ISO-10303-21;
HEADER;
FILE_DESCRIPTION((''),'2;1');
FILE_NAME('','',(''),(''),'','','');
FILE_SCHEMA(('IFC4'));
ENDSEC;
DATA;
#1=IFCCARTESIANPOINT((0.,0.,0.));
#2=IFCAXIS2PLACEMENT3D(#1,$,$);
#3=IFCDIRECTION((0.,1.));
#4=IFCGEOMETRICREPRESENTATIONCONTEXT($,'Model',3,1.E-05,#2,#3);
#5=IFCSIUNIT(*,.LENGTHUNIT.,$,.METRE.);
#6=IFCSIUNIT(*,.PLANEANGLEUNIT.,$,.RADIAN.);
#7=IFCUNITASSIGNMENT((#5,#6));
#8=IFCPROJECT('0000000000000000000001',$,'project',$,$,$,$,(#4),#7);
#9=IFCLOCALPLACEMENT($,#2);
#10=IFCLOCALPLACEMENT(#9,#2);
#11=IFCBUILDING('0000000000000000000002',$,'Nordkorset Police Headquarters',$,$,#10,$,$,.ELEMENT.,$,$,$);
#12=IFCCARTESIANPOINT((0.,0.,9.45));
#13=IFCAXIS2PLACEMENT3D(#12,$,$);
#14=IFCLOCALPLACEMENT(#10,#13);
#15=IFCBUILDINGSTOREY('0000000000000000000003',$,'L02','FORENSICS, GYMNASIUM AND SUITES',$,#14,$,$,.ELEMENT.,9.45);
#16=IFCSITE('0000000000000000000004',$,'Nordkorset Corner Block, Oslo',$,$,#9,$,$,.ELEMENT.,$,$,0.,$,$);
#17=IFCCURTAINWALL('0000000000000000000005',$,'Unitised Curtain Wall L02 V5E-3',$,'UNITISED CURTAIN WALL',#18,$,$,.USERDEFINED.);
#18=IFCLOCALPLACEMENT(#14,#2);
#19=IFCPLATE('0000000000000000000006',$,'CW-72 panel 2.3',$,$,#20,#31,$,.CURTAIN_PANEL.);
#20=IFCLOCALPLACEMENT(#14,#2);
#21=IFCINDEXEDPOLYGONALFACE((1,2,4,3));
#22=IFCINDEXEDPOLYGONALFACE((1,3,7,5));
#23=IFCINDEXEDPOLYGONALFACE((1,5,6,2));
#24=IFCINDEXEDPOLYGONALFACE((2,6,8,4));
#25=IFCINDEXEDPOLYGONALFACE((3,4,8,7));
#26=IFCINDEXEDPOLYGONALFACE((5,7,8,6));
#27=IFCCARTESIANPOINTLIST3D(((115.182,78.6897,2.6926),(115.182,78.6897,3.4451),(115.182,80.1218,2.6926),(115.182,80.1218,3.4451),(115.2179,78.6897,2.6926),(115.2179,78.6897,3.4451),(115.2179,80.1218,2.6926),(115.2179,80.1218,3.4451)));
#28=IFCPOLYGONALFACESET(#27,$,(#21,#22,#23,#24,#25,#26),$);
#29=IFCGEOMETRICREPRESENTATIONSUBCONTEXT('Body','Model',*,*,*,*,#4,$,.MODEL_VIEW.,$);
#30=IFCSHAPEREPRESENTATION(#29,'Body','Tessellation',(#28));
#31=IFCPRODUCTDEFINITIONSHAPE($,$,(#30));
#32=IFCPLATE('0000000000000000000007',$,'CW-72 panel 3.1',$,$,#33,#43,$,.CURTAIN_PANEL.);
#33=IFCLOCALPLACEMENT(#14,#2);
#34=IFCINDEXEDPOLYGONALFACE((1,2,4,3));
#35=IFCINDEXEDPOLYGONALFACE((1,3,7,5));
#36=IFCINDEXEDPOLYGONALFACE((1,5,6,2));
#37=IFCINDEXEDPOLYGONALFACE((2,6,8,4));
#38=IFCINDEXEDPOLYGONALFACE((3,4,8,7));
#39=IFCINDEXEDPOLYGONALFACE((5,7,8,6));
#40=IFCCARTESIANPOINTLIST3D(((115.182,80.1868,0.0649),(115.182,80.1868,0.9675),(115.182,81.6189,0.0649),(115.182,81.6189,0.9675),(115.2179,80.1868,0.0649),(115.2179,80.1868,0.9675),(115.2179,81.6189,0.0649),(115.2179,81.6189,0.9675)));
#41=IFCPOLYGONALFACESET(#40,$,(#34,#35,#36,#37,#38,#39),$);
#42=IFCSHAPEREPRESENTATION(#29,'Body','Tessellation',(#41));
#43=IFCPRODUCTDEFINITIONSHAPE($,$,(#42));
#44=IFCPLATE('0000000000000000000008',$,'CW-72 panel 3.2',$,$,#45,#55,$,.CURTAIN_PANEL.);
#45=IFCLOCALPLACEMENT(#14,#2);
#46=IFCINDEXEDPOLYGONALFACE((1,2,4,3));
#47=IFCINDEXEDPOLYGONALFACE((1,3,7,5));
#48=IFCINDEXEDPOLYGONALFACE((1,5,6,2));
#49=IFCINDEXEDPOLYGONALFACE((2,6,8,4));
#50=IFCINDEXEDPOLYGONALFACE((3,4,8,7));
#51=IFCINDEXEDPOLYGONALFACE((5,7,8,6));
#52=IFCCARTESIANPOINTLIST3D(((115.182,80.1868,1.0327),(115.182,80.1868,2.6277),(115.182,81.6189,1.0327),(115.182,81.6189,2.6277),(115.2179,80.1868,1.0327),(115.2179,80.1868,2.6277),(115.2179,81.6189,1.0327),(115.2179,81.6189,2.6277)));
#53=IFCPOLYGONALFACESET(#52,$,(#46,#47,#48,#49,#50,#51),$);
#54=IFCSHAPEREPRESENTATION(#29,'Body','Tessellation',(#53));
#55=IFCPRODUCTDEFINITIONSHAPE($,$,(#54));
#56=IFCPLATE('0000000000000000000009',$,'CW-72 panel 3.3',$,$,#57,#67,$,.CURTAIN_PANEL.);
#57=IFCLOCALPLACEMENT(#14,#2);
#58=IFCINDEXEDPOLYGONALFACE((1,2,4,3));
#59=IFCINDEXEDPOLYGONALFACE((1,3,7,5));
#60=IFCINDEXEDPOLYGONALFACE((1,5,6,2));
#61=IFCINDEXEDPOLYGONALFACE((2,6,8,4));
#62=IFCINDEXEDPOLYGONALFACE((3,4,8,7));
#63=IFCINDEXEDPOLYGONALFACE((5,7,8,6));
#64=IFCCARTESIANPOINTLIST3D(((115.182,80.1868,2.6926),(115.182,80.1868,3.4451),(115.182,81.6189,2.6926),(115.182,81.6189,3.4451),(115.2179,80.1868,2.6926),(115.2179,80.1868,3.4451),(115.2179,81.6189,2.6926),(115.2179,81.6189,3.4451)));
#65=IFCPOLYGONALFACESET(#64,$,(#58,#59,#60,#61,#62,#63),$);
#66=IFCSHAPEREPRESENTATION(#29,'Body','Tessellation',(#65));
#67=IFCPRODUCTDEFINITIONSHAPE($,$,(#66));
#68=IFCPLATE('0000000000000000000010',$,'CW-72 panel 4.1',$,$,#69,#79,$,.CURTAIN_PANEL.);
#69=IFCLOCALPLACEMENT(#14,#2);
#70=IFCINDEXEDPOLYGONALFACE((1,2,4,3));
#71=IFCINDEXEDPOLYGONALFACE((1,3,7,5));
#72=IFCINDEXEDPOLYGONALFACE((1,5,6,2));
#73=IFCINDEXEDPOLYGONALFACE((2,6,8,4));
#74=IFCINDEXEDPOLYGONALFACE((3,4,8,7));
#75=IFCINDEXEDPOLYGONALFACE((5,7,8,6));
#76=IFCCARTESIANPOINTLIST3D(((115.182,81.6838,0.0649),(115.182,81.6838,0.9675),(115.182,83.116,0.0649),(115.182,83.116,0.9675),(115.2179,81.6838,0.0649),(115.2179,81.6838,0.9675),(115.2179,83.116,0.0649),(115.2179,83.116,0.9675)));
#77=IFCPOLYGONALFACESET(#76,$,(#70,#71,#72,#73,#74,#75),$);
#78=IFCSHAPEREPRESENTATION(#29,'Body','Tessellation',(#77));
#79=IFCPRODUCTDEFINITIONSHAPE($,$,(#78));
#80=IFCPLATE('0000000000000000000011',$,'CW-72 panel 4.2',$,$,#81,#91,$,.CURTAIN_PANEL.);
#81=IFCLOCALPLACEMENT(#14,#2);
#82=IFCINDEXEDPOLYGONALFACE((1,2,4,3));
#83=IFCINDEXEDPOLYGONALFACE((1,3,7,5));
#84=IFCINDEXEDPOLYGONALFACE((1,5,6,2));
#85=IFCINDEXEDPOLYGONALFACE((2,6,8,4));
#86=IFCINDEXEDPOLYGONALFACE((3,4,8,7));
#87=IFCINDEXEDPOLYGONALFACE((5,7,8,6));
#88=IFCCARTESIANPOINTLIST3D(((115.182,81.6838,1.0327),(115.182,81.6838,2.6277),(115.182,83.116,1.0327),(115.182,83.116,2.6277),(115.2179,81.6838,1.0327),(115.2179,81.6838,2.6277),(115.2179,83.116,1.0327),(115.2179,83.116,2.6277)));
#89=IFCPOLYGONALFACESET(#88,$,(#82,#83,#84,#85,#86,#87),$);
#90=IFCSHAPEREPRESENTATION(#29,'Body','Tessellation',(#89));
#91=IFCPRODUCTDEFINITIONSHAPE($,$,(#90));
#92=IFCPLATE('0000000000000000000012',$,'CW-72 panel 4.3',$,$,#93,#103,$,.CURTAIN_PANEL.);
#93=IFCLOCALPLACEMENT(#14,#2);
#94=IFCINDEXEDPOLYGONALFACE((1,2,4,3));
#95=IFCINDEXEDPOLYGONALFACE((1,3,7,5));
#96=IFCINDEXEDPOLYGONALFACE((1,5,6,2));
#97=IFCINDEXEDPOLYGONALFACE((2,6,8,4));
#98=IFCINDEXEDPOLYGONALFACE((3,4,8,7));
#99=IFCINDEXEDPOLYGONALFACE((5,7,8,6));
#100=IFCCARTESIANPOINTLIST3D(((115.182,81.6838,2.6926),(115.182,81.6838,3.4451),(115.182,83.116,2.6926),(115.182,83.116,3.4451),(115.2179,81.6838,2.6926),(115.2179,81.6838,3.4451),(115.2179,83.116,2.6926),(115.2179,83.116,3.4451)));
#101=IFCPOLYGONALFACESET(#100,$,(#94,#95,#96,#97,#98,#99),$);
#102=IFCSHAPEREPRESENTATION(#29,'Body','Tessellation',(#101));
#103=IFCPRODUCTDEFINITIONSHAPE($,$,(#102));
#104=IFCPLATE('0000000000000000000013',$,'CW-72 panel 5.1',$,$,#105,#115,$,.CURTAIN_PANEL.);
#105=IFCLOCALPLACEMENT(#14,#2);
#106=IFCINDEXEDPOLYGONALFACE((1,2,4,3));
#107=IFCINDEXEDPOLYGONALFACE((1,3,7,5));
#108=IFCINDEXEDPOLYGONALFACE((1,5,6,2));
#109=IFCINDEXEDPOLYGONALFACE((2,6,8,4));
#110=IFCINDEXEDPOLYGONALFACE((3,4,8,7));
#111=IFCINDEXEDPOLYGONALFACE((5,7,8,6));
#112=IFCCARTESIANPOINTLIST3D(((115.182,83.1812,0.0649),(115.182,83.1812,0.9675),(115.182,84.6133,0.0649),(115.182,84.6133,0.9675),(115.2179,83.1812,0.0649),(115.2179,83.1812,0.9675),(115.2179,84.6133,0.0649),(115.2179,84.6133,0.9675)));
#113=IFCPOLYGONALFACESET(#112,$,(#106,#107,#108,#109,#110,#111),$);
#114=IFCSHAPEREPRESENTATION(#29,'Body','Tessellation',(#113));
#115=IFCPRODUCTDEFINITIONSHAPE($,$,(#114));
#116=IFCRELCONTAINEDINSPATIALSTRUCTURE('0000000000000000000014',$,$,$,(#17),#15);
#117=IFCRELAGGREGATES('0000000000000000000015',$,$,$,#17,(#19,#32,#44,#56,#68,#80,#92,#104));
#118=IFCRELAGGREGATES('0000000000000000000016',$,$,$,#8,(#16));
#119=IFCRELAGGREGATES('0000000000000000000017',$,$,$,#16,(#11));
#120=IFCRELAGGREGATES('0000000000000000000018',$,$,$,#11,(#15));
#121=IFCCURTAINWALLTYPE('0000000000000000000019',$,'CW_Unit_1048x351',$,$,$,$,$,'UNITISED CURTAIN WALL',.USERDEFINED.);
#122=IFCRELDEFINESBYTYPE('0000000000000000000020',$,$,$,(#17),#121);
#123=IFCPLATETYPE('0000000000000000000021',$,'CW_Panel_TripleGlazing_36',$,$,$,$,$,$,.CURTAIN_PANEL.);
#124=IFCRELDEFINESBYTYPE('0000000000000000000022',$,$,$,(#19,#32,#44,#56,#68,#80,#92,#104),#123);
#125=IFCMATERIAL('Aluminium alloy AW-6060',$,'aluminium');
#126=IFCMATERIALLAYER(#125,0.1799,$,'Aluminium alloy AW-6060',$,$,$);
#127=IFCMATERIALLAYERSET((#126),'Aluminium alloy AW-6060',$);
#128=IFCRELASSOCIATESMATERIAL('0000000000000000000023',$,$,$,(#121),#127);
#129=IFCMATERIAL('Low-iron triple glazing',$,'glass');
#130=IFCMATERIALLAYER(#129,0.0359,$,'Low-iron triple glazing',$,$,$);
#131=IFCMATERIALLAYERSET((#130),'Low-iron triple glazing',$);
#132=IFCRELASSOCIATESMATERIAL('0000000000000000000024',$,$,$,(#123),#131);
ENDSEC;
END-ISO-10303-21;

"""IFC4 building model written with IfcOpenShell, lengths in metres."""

from ifc_helpers import new_model, si_unit, direction, frame, origin, origin_2d, place, context, subcontext, project, spatial, rectangle, extrude, material, layer, layer_set, type_object, element, aggregate, save


model = new_model("IFC4")

# Units and contexts
model_context = context("Model", 3, precision=1e-05, world=origin(), true_north=direction((0.0, 1.0)))
body_context = subcontext(model_context, "Body", "Model", "MODEL_VIEW")
ifc_project = project(units=[si_unit("LENGTHUNIT", "METRE"), si_unit("PLANEANGLEUNIT", "RADIAN")], contexts=[model_context])

# Site, building, storey
site_placement = place(None, origin())
site = spatial("IfcSite", under=ifc_project, at=site_placement, Name="Nordkorset Corner Block, Oslo", CompositionType="ELEMENT", RefElevation=0.0)
building_placement = place(site_placement, origin())
building = spatial("IfcBuilding", under=site, at=building_placement, Name="Nordkorset Police Headquarters", CompositionType="ELEMENT")
storey_placement = place(building_placement, frame((0.0, 0.0, 9.45)))
storey = spatial("IfcBuildingStorey", under=building, at=storey_placement, Name="L02", Description="FORENSICS, GYMNASIUM AND SUITES", CompositionType="ELEMENT", Elevation=9.45)

# Curtain wall, plates
ifc_material_1 = material(Name="Aluminium alloy AW-6060", Category="aluminium")
ifc_layer_1 = layer(ifc_material_1, 0.1799, Name="Aluminium alloy AW-6060")
ifc_layer_set_1 = layer_set([ifc_layer_1], Name="Aluminium alloy AW-6060")
curtain_wall_type = type_object("IfcCurtainWallType", Name="CW_Unit_1048x351", ElementType="UNITISED CURTAIN WALL", PredefinedType="USERDEFINED", material=ifc_layer_set_1)
curtain_wall_placement = place(storey_placement, origin())
curtain_wall = element("IfcCurtainWall", 1, at=curtain_wall_placement, inside=storey, type_object=curtain_wall_type, Name="Unitised Curtain Wall L02 V5E-3", ObjectType="UNITISED CURTAIN WALL", PredefinedType="USERDEFINED")
ifc_material_2 = material(Name="Low-iron triple glazing", Category="glass")
ifc_layer_2 = layer(ifc_material_2, 0.0359, Name="Low-iron triple glazing")
ifc_layer_set_2 = layer_set([ifc_layer_2], Name="Low-iron triple glazing")
plate_type = type_object("IfcPlateType", Name="CW_Panel_TripleGlazing_36", PredefinedType="CURTAIN_PANEL", material=ifc_layer_set_2)
plate_1_placement = place(storey_placement, frame((115.2, 79.4058, 2.6926), z_axis=(0.0, 0.0, 1.0), x_axis=(0.0, 1.0, 0.0)))
plate_1 = element("IfcPlate", 2, at=plate_1_placement, type_object=plate_type, Name="CW-72 panel 2.3", PredefinedType="CURTAIN_PANEL", context=body_context, shape_type="SweptSolid", body=[
    extrude(rectangle(XDim=1.4321, YDim=0.0359, at=origin_2d()), origin(), (0.0, 0.0, 1.0), 0.7524),
])
plate_2_placement = place(storey_placement, frame((115.2, 80.9028, 0.0649), z_axis=(0.0, 0.0, 1.0), x_axis=(0.0, 1.0, 0.0)))
plate_2 = element("IfcPlate", 3, at=plate_2_placement, type_object=plate_type, Name="CW-72 panel 3.1", PredefinedType="CURTAIN_PANEL", context=body_context, shape_type="SweptSolid", body=[
    extrude(rectangle(XDim=1.4321, YDim=0.0359, at=origin_2d()), origin(), (0.0, 0.0, 1.0), 0.9026),
])
plate_3_placement = place(storey_placement, frame((115.2, 80.9028, 1.0327), z_axis=(0.0, 0.0, 1.0), x_axis=(0.0, 1.0, 0.0)))
plate_3 = element("IfcPlate", 4, at=plate_3_placement, type_object=plate_type, Name="CW-72 panel 3.2", PredefinedType="CURTAIN_PANEL", context=body_context, shape_type="SweptSolid", body=[
    extrude(rectangle(XDim=1.4321, YDim=0.0359, at=origin_2d()), origin(), (0.0, 0.0, 1.0), 1.595),
])
plate_4_placement = place(storey_placement, frame((115.2, 80.9028, 2.6926), z_axis=(0.0, 0.0, 1.0), x_axis=(0.0, 1.0, 0.0)))
plate_4 = element("IfcPlate", 5, at=plate_4_placement, type_object=plate_type, Name="CW-72 panel 3.3", PredefinedType="CURTAIN_PANEL", context=body_context, shape_type="SweptSolid", body=[
    extrude(rectangle(XDim=1.4321, YDim=0.0359, at=origin_2d()), origin(), (0.0, 0.0, 1.0), 0.7524),
])
plate_5_placement = place(storey_placement, frame((115.2, 82.3999, 0.0649), z_axis=(0.0, 0.0, 1.0), x_axis=(0.0, 1.0, 0.0)))
plate_5 = element("IfcPlate", 6, at=plate_5_placement, type_object=plate_type, Name="CW-72 panel 4.1", PredefinedType="CURTAIN_PANEL", context=body_context, shape_type="SweptSolid", body=[
    extrude(rectangle(XDim=1.4321, YDim=0.0359, at=origin_2d()), origin(), (0.0, 0.0, 1.0), 0.9026),
])
plate_6_placement = place(storey_placement, frame((115.2, 82.3999, 1.0327), z_axis=(0.0, 0.0, 1.0), x_axis=(0.0, 1.0, 0.0)))
plate_6 = element("IfcPlate", 7, at=plate_6_placement, type_object=plate_type, Name="CW-72 panel 4.2", PredefinedType="CURTAIN_PANEL", context=body_context, shape_type="SweptSolid", body=[
    extrude(rectangle(XDim=1.4321, YDim=0.0359, at=origin_2d()), origin(), (0.0, 0.0, 1.0), 1.595),
])
plate_7_placement = place(storey_placement, frame((115.2, 82.3999, 2.6926), z_axis=(0.0, 0.0, 1.0), x_axis=(0.0, 1.0, 0.0)))
plate_7 = element("IfcPlate", 8, at=plate_7_placement, type_object=plate_type, Name="CW-72 panel 4.3", PredefinedType="CURTAIN_PANEL", context=body_context, shape_type="SweptSolid", body=[
    extrude(rectangle(XDim=1.4321, YDim=0.0359, at=origin_2d()), origin(), (0.0, 0.0, 1.0), 0.7524),
])
plate_8_placement = place(storey_placement, frame((115.2, 83.8972, 0.0649), z_axis=(0.0, 0.0, 1.0), x_axis=(0.0, 1.0, 0.0)))
plate_8 = element("IfcPlate", 9, at=plate_8_placement, type_object=plate_type, Name="CW-72 panel 5.1", PredefinedType="CURTAIN_PANEL", context=body_context, shape_type="SweptSolid", body=[
    extrude(rectangle(XDim=1.4321, YDim=0.0359, at=origin_2d()), origin(), (0.0, 0.0, 1.0), 0.9026),
])
aggregate(curtain_wall, [plate_1, plate_2, plate_3, plate_4, plate_5, plate_6, plate_7, plate_8])

save(model, "model.ifc")
